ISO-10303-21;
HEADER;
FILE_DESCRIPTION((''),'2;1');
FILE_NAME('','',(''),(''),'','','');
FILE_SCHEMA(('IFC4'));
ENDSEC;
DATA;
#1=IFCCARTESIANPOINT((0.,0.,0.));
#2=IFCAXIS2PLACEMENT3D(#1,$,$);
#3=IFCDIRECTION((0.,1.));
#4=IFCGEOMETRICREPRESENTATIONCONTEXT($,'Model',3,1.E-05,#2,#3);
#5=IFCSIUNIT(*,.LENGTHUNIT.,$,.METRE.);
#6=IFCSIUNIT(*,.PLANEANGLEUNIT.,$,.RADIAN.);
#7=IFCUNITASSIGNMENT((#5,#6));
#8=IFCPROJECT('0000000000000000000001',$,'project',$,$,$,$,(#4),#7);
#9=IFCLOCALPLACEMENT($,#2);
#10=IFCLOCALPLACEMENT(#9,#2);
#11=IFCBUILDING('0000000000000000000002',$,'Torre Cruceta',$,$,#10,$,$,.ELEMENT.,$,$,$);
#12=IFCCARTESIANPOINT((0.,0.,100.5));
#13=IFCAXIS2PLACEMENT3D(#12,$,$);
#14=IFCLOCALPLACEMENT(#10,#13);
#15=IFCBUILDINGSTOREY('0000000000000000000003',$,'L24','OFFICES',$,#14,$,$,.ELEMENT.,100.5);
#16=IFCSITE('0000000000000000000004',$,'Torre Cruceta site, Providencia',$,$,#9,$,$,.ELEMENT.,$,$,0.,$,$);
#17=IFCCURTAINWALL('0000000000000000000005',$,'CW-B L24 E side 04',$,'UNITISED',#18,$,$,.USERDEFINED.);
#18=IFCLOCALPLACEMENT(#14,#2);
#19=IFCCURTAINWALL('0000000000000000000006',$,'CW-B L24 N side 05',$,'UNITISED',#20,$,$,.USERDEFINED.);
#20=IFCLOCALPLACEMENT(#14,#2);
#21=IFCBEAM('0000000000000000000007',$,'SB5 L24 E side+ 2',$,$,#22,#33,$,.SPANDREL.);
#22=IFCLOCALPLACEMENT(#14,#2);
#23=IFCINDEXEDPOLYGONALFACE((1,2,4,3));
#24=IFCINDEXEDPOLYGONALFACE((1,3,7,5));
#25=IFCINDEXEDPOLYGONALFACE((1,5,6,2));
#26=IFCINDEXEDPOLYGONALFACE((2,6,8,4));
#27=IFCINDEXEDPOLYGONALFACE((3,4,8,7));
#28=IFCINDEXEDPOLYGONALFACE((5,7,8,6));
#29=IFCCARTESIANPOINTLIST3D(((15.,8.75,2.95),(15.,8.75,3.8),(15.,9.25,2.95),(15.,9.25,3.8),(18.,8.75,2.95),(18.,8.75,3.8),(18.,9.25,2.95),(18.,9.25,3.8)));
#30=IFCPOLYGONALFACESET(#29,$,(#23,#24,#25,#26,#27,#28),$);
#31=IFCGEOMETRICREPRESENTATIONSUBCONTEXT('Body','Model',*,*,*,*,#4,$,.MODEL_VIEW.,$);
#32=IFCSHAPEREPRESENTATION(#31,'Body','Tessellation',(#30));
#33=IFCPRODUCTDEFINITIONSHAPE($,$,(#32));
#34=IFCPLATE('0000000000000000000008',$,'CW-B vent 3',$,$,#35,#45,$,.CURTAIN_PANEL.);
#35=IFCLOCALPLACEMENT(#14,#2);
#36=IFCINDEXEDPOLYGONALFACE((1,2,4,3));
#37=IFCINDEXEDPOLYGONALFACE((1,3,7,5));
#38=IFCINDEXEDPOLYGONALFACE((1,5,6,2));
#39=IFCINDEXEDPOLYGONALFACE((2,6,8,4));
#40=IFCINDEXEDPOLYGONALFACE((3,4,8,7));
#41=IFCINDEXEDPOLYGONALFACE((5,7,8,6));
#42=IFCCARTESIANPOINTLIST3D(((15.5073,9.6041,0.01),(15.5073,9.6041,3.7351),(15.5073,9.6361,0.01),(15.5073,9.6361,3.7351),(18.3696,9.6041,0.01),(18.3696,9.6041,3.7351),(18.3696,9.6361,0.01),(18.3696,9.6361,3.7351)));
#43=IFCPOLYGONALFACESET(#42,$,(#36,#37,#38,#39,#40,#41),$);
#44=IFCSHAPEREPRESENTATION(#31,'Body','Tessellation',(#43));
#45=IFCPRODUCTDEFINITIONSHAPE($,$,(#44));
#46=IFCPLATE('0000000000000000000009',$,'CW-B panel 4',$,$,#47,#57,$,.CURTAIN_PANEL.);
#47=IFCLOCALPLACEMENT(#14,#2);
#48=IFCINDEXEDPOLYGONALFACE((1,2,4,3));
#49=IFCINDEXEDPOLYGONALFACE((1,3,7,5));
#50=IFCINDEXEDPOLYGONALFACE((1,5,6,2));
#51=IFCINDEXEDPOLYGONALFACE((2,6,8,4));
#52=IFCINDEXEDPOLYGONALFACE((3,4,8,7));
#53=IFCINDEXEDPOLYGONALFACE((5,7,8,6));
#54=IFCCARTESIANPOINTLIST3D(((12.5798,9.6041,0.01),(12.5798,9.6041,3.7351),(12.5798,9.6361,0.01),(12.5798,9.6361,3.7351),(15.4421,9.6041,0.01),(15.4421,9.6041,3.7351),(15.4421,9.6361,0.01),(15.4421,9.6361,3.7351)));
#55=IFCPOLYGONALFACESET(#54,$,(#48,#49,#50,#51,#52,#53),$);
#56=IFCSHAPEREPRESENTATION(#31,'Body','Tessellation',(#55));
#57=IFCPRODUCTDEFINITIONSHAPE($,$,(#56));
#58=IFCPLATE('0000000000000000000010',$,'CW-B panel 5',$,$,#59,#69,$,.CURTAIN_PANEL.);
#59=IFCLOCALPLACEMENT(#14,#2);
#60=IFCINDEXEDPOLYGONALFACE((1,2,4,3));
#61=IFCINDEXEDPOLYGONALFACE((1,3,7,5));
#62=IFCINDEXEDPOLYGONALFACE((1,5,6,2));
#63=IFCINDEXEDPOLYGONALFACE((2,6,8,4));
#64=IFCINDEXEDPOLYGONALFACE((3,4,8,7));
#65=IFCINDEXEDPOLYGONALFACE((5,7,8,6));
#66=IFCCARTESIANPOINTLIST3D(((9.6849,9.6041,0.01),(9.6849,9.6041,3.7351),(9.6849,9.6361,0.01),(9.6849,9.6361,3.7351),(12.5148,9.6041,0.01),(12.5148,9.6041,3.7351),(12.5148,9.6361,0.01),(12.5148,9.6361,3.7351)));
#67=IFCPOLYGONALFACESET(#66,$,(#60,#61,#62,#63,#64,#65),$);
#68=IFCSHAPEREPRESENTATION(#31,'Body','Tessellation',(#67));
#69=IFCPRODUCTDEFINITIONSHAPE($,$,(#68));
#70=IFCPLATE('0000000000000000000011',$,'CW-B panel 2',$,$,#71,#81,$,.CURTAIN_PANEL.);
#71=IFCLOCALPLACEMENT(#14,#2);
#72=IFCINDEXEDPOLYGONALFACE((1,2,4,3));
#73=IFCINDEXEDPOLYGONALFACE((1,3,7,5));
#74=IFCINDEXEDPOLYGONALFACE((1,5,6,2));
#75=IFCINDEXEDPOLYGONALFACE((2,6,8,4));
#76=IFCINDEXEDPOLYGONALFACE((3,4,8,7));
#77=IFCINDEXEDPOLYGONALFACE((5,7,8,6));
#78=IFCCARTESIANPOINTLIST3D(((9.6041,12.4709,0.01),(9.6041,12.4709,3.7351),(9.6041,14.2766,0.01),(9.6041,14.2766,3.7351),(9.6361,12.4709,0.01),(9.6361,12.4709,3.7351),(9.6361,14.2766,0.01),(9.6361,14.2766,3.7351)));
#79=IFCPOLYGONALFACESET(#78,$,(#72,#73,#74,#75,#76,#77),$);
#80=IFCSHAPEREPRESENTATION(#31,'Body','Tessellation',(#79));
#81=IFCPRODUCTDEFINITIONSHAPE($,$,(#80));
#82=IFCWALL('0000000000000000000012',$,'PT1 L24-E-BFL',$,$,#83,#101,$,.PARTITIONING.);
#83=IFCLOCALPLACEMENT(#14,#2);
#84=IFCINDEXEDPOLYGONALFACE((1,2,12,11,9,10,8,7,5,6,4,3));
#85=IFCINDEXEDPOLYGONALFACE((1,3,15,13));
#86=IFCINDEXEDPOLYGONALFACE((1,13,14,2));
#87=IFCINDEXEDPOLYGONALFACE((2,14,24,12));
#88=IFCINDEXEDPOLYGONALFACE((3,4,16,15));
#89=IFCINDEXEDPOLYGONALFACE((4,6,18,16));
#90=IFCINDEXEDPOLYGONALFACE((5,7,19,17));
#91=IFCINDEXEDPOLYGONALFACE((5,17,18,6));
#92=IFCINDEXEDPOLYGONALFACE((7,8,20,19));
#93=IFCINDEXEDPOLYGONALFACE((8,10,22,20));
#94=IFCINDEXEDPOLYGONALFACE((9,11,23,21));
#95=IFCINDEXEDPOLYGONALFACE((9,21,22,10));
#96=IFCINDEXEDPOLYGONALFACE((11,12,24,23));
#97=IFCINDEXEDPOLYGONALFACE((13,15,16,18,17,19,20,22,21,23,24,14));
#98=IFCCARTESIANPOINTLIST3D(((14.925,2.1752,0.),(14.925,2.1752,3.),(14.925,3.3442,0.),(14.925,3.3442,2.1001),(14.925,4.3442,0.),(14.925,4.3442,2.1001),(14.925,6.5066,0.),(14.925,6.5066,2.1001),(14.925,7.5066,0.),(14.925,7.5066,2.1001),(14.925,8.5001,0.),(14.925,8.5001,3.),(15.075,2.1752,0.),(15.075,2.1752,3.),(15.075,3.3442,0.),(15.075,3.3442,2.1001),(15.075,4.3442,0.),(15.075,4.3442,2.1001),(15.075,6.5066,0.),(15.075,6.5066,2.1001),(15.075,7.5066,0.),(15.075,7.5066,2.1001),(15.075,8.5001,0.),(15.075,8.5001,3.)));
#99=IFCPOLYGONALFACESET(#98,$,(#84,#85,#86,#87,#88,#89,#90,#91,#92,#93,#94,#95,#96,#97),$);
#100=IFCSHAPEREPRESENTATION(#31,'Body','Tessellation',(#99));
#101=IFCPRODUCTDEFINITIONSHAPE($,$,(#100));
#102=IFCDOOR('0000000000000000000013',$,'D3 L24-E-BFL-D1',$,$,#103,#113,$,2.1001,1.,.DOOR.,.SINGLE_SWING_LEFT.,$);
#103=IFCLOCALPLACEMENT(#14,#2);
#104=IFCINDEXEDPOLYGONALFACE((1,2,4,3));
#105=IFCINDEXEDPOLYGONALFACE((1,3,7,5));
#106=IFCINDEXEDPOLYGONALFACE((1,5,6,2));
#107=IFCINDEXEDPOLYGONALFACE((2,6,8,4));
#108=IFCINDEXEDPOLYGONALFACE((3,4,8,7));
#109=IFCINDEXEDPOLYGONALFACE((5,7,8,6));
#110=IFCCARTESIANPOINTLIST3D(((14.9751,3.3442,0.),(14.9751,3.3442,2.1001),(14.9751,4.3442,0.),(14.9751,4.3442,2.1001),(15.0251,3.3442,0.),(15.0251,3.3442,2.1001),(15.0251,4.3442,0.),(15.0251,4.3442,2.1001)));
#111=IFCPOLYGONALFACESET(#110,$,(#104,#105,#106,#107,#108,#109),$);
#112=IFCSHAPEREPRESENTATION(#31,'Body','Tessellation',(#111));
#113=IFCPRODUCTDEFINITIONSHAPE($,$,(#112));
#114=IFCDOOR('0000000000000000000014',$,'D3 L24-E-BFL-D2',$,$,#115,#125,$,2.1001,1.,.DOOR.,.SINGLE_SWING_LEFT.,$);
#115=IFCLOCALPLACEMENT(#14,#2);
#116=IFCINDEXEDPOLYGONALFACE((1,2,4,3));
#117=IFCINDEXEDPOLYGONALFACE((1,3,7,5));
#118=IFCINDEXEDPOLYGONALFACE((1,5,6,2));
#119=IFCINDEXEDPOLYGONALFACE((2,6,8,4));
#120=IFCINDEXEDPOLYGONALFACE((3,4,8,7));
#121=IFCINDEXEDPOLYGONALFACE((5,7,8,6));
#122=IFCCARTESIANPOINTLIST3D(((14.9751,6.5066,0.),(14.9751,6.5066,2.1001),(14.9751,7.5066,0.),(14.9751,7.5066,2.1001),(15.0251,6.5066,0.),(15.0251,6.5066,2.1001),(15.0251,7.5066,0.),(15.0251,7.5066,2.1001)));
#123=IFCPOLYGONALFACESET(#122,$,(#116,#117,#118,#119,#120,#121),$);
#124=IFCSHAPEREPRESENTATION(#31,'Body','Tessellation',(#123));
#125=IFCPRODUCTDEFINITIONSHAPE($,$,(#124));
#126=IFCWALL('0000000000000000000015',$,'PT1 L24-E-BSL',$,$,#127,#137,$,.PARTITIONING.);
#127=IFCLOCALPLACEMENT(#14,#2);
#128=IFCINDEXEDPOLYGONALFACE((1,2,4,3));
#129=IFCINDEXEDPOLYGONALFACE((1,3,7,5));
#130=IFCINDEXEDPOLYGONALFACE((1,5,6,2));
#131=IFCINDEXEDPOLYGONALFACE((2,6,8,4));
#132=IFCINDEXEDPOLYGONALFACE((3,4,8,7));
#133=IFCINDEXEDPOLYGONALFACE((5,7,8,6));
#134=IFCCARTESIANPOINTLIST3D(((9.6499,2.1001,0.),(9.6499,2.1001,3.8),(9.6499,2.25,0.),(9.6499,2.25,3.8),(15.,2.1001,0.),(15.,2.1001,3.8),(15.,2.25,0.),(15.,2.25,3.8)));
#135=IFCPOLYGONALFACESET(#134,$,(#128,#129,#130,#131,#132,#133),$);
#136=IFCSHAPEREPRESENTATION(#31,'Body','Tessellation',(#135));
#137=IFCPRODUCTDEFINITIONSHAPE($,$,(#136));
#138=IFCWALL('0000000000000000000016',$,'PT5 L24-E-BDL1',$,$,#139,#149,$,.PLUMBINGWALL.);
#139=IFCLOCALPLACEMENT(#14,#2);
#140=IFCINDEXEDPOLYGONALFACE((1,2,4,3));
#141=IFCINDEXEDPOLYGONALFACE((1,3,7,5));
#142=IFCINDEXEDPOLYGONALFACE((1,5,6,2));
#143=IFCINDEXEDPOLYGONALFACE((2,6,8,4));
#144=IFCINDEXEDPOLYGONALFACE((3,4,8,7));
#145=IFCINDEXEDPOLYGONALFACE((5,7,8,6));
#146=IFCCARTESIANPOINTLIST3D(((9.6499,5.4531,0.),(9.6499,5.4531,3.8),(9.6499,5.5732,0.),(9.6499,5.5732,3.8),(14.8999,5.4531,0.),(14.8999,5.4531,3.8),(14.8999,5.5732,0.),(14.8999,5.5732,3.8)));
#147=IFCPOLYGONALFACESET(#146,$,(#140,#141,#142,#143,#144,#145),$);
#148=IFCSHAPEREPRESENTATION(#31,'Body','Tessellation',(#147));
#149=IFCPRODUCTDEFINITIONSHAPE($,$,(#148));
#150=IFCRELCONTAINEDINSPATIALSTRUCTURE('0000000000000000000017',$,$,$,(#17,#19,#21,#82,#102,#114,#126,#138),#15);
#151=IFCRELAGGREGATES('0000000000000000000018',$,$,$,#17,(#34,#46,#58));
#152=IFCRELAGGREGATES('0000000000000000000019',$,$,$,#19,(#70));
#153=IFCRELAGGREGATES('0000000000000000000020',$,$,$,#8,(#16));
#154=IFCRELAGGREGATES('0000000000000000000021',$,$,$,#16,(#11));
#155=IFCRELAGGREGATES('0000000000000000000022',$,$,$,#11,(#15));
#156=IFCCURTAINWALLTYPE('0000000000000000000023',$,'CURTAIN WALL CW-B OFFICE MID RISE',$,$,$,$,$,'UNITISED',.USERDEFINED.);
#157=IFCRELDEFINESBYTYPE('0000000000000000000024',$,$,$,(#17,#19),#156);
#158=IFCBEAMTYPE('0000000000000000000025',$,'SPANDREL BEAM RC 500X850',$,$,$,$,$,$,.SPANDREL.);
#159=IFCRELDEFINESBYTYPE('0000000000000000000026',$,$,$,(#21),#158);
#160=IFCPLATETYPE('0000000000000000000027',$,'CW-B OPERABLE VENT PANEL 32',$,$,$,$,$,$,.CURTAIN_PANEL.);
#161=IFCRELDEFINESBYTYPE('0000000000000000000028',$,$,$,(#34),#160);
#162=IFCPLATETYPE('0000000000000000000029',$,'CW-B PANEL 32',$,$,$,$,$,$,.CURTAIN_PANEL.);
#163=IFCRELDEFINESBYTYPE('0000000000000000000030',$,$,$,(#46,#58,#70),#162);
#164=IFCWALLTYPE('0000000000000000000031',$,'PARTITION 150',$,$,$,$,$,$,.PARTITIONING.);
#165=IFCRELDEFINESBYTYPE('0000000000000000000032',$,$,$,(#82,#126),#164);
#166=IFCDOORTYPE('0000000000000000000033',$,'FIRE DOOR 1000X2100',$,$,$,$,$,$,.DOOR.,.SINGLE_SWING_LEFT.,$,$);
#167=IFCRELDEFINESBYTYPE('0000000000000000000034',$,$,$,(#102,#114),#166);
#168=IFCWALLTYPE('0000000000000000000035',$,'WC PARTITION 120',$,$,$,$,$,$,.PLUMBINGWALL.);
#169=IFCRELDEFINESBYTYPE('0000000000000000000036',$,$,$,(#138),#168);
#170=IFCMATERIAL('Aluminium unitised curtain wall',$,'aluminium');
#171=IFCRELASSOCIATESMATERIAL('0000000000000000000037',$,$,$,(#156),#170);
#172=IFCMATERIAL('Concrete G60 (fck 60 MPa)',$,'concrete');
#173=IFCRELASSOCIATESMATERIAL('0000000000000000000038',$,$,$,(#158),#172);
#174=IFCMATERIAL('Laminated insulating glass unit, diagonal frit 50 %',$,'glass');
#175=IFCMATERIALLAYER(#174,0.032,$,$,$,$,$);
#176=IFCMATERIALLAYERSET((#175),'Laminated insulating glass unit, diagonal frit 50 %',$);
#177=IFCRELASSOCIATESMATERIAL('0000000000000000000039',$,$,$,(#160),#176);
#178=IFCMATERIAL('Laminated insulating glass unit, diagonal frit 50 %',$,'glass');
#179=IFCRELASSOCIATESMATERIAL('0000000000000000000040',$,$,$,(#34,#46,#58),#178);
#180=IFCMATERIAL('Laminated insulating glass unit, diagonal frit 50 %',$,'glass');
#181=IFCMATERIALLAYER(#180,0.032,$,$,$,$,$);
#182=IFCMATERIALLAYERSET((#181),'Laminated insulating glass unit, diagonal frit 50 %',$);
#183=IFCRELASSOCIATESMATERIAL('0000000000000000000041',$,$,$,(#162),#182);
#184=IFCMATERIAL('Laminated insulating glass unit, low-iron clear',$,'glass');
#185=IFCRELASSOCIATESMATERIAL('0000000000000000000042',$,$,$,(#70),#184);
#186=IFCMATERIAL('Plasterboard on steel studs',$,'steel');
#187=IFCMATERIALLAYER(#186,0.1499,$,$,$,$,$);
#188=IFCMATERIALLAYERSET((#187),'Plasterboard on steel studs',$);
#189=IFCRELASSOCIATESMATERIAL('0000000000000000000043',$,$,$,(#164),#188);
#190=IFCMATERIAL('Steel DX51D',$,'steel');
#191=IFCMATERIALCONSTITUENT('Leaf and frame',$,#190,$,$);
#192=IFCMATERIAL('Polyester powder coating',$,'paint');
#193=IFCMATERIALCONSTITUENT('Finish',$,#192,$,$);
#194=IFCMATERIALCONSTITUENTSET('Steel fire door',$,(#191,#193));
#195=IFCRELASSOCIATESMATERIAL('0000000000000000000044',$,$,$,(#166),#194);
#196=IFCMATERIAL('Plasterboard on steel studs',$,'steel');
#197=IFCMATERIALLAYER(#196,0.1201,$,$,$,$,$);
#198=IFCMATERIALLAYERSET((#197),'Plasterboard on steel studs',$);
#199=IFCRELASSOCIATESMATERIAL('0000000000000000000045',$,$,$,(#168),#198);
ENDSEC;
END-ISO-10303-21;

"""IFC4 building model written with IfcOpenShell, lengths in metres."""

from ifc_helpers import new_model, si_unit, direction, frame, frame_2d, origin, origin_2d, place, context, subcontext, project, spatial, rectangle, extrude, material, layer, layer_set, constituent, constituent_set, material_profile, profile_set, type_object, element, fill, aggregate, save


model = new_model("IFC4")

# Units and contexts
model_context = context("Model", 3, precision=1e-05, world=origin(), true_north=direction((0.0, 1.0)))
body_context = subcontext(model_context, "Body", "Model", "MODEL_VIEW")
ifc_project = project(units=[si_unit("LENGTHUNIT", "METRE"), si_unit("PLANEANGLEUNIT", "RADIAN")], contexts=[model_context])

# Site, building, storey
site_placement = place(None, origin())
site = spatial("IfcSite", under=ifc_project, at=site_placement, Name="Torre Cruceta site, Providencia", CompositionType="ELEMENT", RefElevation=0.0)
building_placement = place(site_placement, origin())
building = spatial("IfcBuilding", under=site, at=building_placement, Name="Torre Cruceta", CompositionType="ELEMENT")
storey_placement = place(building_placement, frame((0.0, 0.0, 100.5)))
storey = spatial("IfcBuildingStorey", under=building, at=storey_placement, Name="L24", Description="OFFICES", CompositionType="ELEMENT", Elevation=100.5)

# Curtain wall
ifc_material_1 = material(Name="Aluminium unitised curtain wall", Category="aluminium")
curtain_wall_type = type_object("IfcCurtainWallType", Name="CURTAIN WALL CW-B OFFICE MID RISE", ElementType="UNITISED", PredefinedType="USERDEFINED", material=ifc_material_1)
curtain_wall_1_placement = place(storey_placement, origin())
curtain_wall_1 = element("IfcCurtainWall", 1, at=curtain_wall_1_placement, inside=storey, type_object=curtain_wall_type, Name="CW-B L24 E side 04", ObjectType="UNITISED", PredefinedType="USERDEFINED")

# Curtain wall
curtain_wall_2_placement = place(storey_placement, origin())
curtain_wall_2 = element("IfcCurtainWall", 2, at=curtain_wall_2_placement, inside=storey, type_object=curtain_wall_type, Name="CW-B L24 N side 05", ObjectType="UNITISED", PredefinedType="USERDEFINED")

# Beam
ifc_material_2 = material(Name="Concrete G60 (fck 60 MPa)", Category="concrete")
ifc_material_profile_1 = material_profile(ifc_material_2, rectangle(XDim=0.5, YDim=0.8501, at=origin_2d()), Name="RC 500X850")
ifc_profile_set_1 = profile_set([ifc_material_profile_1], Name="Concrete G60 (fck 60 MPa)")
beam_type_1 = type_object("IfcBeamType", Name="SPANDREL BEAM RC 500X850", PredefinedType="SPANDREL", material=ifc_profile_set_1)
beam_1_placement = place(storey_placement, frame((15.0, 9.0, 3.375), z_axis=(1.0, 0.0, 0.0), x_axis=(0.0, 1.0, 0.0)))
element("IfcBeam", 3, at=beam_1_placement, inside=storey, type_object=beam_type_1, Name="SB5 L24 E side+ 2", PredefinedType="SPANDREL", context=body_context, shape_type="SweptSolid", body=[
    extrude(rectangle(XDim=0.5, YDim=0.8501, at=origin_2d()), origin(), (0.0, 0.0, 1.0), 3.0),
])

# Plates
ifc_material_3 = material(Name="Laminated insulating glass unit, diagonal frit 50 %", Category="glass")
ifc_material_4 = material(Name="Laminated insulating glass unit, diagonal frit 50 %", Category="glass")
ifc_layer_1 = layer(ifc_material_4, 0.032)
ifc_layer_set_1 = layer_set([ifc_layer_1], Name="Laminated insulating glass unit, diagonal frit 50 %")
plate_type_1 = type_object("IfcPlateType", Name="CW-B OPERABLE VENT PANEL 32", PredefinedType="CURTAIN_PANEL", material=ifc_layer_set_1)
plate_1_placement = place(storey_placement, frame((16.9385, 9.6201, 0.01), z_axis=(0.0, 0.0, 1.0), x_axis=(-1.0, 0.0, 0.0)))
plate_1 = element("IfcPlate", 4, at=plate_1_placement, type_object=plate_type_1, material=ifc_material_3, Name="CW-B vent 3", PredefinedType="CURTAIN_PANEL", context=body_context, shape_type="SweptSolid", body=[
    extrude(rectangle(XDim=2.8623, YDim=0.032, at=origin_2d()), origin(), (0.0, 0.0, 1.0), 3.7251),
])
ifc_material_5 = material(Name="Laminated insulating glass unit, diagonal frit 50 %", Category="glass")
ifc_layer_2 = layer(ifc_material_5, 0.032)
ifc_layer_set_2 = layer_set([ifc_layer_2], Name="Laminated insulating glass unit, diagonal frit 50 %")
plate_type_2 = type_object("IfcPlateType", Name="CW-B PANEL 32", PredefinedType="CURTAIN_PANEL", material=ifc_layer_set_2)
plate_2_placement = place(storey_placement, frame((14.011, 9.6201, 0.01), z_axis=(0.0, 0.0, 1.0), x_axis=(-1.0, 0.0, 0.0)))
plate_2 = element("IfcPlate", 5, at=plate_2_placement, type_object=plate_type_2, material=ifc_material_3, Name="CW-B panel 4", PredefinedType="CURTAIN_PANEL", context=body_context, shape_type="SweptSolid", body=[
    extrude(rectangle(XDim=2.8623, YDim=0.032, at=origin_2d()), origin(), (0.0, 0.0, 1.0), 3.7251),
])
plate_3_placement = place(storey_placement, frame((11.0999, 9.6201, 0.01), z_axis=(0.0, 0.0, 1.0), x_axis=(-1.0, 0.0, 0.0)))
plate_3 = element("IfcPlate", 6, at=plate_3_placement, type_object=plate_type_2, material=ifc_material_3, Name="CW-B panel 5", PredefinedType="CURTAIN_PANEL", context=body_context, shape_type="SweptSolid", body=[
    extrude(rectangle(XDim=2.8298, YDim=0.032, at=origin_2d()), origin(), (0.0, 0.0, 1.0), 3.7251),
])
aggregate(curtain_wall_1, [plate_1, plate_2, plate_3])
ifc_material_6 = material(Name="Laminated insulating glass unit, low-iron clear", Category="glass")
plate_4_placement = place(storey_placement, frame((9.6201, 13.3738, 0.01), z_axis=(0.0, 0.0, 1.0), x_axis=(0.0, 1.0, 0.0)))
plate_4 = element("IfcPlate", 7, at=plate_4_placement, type_object=plate_type_2, material=ifc_material_6, Name="CW-B panel 2", PredefinedType="CURTAIN_PANEL", context=body_context, shape_type="SweptSolid", body=[
    extrude(rectangle(XDim=1.8057, YDim=0.032, at=origin_2d()), origin(), (0.0, 0.0, 1.0), 3.7251),
])
aggregate(curtain_wall_2, [plate_4])

# Wall, openings, doors
ifc_material_7 = material(Name="Plasterboard on steel studs", Category="steel")
ifc_layer_3 = layer(ifc_material_7, 0.1499)
ifc_layer_set_3 = layer_set([ifc_layer_3], Name="Plasterboard on steel studs")
wall_type_1 = type_object("IfcWallType", Name="PARTITION 150", PredefinedType="PARTITIONING", material=ifc_layer_set_3)
wall_1_placement = place(storey_placement, frame((15.0, 2.175, 0.0), z_axis=(0.0, 0.0, 1.0), x_axis=(0.0, 1.0, 0.0)))
wall_1 = element("IfcWall", 8, at=wall_1_placement, inside=storey, type_object=wall_type_1, Name="PT1 L24-E-BFL", PredefinedType="PARTITIONING", context=body_context, shape_type="SweptSolid", body=[
    extrude(rectangle(XDim=6.325, YDim=0.1499, at=frame_2d((3.1626, 0.0))), origin(), (0.0, 0.0, 1.0), 3.0),
])
opening_1_placement = place(wall_1_placement, frame((1.1692, 0.0, 0.0)))
opening_1 = element("IfcOpeningElement", 9, at=opening_1_placement, cuts=wall_1, PredefinedType="OPENING", context=body_context, shape_type="SweptSolid", body=[
    extrude(rectangle(XDim=1.0, YDim=2.1001, at=frame_2d((0.5, 1.05))), frame((0.0, 0.085, 0.0), z_axis=(0.0, -1.0, 0.0), x_axis=(1.0, 0.0, 0.0)), (0.0, 0.0, 1.0), 0.1699),
])
opening_2_placement = place(wall_1_placement, frame((4.3315, 0.0, 0.0)))
opening_2 = element("IfcOpeningElement", 10, at=opening_2_placement, cuts=wall_1, PredefinedType="OPENING", context=body_context, shape_type="SweptSolid", body=[
    extrude(rectangle(XDim=1.0, YDim=2.1001, at=frame_2d((0.5, 1.05))), frame((0.0, 0.085, 0.0), z_axis=(0.0, -1.0, 0.0), x_axis=(1.0, 0.0, 0.0)), (0.0, 0.0, 1.0), 0.1699),
])
ifc_material_8 = material(Name="Steel DX51D", Category="steel")
ifc_constituent_1 = constituent(ifc_material_8, Name="Leaf and frame")
ifc_material_9 = material(Name="Polyester powder coating", Category="paint")
ifc_constituent_2 = constituent(ifc_material_9, Name="Finish")
ifc_constituent_set_1 = constituent_set(constituents=[ifc_constituent_1, ifc_constituent_2], Name="Steel fire door")
door_type_1 = type_object("IfcDoorType", Name="FIRE DOOR 1000X2100", OperationType="SINGLE_SWING_LEFT", PredefinedType="DOOR", material=ifc_constituent_set_1)
door_1_placement = place(opening_1_placement, origin())
door_1 = element("IfcDoor", 11, at=door_1_placement, inside=storey, type_object=door_type_1, Name="D3 L24-E-BFL-D1", OperationType="SINGLE_SWING_LEFT", OverallHeight=2.1001, OverallWidth=1.0, PredefinedType="DOOR", context=body_context, shape_type="SweptSolid", body=[
    extrude(rectangle(XDim=1.0, YDim=2.1001, at=frame_2d((0.5, 1.05))), frame((0.0, 0.0249, 0.0), z_axis=(0.0, -1.0, 0.0), x_axis=(1.0, 0.0, 0.0)), (0.0, 0.0, 1.0), 0.05),
])
fill(opening_1, door_1)
door_2_placement = place(opening_2_placement, origin())
door_2 = element("IfcDoor", 12, at=door_2_placement, inside=storey, type_object=door_type_1, Name="D3 L24-E-BFL-D2", OperationType="SINGLE_SWING_LEFT", OverallHeight=2.1001, OverallWidth=1.0, PredefinedType="DOOR", context=body_context, shape_type="SweptSolid", body=[
    extrude(rectangle(XDim=1.0, YDim=2.1001, at=frame_2d((0.5, 1.05))), frame((0.0, 0.0249, 0.0), z_axis=(0.0, -1.0, 0.0), x_axis=(1.0, 0.0, 0.0)), (0.0, 0.0, 1.0), 0.05),
])
fill(opening_2, door_2)

# Walls
wall_2_placement = place(storey_placement, frame((9.6499, 2.175, 0.0), z_axis=(0.0, 0.0, 1.0), x_axis=(1.0, 0.0, 0.0)))
element("IfcWall", 13, at=wall_2_placement, inside=storey, type_object=wall_type_1, Name="PT1 L24-E-BSL", PredefinedType="PARTITIONING", context=body_context, shape_type="SweptSolid", body=[
    extrude(rectangle(XDim=5.3501, YDim=0.1499, at=frame_2d((2.675, 0.0))), origin(), (0.0, 0.0, 1.0), 3.8),
])
ifc_material_10 = material(Name="Plasterboard on steel studs", Category="steel")
ifc_layer_4 = layer(ifc_material_10, 0.1201)
ifc_layer_set_4 = layer_set([ifc_layer_4], Name="Plasterboard on steel studs")
wall_type_2 = type_object("IfcWallType", Name="WC PARTITION 120", PredefinedType="PLUMBINGWALL", material=ifc_layer_set_4)
wall_3_placement = place(storey_placement, frame((9.6499, 5.5132, 0.0), z_axis=(0.0, 0.0, 1.0), x_axis=(1.0, 0.0, 0.0)))
element("IfcWall", 14, at=wall_3_placement, inside=storey, type_object=wall_type_2, Name="PT5 L24-E-BDL1", PredefinedType="PLUMBINGWALL", context=body_context, shape_type="SweptSolid", body=[
    extrude(rectangle(XDim=5.25, YDim=0.1201, at=frame_2d((2.625, 0.0))), origin(), (0.0, 0.0, 1.0), 3.8),
])

save(model, "model.ifc")
